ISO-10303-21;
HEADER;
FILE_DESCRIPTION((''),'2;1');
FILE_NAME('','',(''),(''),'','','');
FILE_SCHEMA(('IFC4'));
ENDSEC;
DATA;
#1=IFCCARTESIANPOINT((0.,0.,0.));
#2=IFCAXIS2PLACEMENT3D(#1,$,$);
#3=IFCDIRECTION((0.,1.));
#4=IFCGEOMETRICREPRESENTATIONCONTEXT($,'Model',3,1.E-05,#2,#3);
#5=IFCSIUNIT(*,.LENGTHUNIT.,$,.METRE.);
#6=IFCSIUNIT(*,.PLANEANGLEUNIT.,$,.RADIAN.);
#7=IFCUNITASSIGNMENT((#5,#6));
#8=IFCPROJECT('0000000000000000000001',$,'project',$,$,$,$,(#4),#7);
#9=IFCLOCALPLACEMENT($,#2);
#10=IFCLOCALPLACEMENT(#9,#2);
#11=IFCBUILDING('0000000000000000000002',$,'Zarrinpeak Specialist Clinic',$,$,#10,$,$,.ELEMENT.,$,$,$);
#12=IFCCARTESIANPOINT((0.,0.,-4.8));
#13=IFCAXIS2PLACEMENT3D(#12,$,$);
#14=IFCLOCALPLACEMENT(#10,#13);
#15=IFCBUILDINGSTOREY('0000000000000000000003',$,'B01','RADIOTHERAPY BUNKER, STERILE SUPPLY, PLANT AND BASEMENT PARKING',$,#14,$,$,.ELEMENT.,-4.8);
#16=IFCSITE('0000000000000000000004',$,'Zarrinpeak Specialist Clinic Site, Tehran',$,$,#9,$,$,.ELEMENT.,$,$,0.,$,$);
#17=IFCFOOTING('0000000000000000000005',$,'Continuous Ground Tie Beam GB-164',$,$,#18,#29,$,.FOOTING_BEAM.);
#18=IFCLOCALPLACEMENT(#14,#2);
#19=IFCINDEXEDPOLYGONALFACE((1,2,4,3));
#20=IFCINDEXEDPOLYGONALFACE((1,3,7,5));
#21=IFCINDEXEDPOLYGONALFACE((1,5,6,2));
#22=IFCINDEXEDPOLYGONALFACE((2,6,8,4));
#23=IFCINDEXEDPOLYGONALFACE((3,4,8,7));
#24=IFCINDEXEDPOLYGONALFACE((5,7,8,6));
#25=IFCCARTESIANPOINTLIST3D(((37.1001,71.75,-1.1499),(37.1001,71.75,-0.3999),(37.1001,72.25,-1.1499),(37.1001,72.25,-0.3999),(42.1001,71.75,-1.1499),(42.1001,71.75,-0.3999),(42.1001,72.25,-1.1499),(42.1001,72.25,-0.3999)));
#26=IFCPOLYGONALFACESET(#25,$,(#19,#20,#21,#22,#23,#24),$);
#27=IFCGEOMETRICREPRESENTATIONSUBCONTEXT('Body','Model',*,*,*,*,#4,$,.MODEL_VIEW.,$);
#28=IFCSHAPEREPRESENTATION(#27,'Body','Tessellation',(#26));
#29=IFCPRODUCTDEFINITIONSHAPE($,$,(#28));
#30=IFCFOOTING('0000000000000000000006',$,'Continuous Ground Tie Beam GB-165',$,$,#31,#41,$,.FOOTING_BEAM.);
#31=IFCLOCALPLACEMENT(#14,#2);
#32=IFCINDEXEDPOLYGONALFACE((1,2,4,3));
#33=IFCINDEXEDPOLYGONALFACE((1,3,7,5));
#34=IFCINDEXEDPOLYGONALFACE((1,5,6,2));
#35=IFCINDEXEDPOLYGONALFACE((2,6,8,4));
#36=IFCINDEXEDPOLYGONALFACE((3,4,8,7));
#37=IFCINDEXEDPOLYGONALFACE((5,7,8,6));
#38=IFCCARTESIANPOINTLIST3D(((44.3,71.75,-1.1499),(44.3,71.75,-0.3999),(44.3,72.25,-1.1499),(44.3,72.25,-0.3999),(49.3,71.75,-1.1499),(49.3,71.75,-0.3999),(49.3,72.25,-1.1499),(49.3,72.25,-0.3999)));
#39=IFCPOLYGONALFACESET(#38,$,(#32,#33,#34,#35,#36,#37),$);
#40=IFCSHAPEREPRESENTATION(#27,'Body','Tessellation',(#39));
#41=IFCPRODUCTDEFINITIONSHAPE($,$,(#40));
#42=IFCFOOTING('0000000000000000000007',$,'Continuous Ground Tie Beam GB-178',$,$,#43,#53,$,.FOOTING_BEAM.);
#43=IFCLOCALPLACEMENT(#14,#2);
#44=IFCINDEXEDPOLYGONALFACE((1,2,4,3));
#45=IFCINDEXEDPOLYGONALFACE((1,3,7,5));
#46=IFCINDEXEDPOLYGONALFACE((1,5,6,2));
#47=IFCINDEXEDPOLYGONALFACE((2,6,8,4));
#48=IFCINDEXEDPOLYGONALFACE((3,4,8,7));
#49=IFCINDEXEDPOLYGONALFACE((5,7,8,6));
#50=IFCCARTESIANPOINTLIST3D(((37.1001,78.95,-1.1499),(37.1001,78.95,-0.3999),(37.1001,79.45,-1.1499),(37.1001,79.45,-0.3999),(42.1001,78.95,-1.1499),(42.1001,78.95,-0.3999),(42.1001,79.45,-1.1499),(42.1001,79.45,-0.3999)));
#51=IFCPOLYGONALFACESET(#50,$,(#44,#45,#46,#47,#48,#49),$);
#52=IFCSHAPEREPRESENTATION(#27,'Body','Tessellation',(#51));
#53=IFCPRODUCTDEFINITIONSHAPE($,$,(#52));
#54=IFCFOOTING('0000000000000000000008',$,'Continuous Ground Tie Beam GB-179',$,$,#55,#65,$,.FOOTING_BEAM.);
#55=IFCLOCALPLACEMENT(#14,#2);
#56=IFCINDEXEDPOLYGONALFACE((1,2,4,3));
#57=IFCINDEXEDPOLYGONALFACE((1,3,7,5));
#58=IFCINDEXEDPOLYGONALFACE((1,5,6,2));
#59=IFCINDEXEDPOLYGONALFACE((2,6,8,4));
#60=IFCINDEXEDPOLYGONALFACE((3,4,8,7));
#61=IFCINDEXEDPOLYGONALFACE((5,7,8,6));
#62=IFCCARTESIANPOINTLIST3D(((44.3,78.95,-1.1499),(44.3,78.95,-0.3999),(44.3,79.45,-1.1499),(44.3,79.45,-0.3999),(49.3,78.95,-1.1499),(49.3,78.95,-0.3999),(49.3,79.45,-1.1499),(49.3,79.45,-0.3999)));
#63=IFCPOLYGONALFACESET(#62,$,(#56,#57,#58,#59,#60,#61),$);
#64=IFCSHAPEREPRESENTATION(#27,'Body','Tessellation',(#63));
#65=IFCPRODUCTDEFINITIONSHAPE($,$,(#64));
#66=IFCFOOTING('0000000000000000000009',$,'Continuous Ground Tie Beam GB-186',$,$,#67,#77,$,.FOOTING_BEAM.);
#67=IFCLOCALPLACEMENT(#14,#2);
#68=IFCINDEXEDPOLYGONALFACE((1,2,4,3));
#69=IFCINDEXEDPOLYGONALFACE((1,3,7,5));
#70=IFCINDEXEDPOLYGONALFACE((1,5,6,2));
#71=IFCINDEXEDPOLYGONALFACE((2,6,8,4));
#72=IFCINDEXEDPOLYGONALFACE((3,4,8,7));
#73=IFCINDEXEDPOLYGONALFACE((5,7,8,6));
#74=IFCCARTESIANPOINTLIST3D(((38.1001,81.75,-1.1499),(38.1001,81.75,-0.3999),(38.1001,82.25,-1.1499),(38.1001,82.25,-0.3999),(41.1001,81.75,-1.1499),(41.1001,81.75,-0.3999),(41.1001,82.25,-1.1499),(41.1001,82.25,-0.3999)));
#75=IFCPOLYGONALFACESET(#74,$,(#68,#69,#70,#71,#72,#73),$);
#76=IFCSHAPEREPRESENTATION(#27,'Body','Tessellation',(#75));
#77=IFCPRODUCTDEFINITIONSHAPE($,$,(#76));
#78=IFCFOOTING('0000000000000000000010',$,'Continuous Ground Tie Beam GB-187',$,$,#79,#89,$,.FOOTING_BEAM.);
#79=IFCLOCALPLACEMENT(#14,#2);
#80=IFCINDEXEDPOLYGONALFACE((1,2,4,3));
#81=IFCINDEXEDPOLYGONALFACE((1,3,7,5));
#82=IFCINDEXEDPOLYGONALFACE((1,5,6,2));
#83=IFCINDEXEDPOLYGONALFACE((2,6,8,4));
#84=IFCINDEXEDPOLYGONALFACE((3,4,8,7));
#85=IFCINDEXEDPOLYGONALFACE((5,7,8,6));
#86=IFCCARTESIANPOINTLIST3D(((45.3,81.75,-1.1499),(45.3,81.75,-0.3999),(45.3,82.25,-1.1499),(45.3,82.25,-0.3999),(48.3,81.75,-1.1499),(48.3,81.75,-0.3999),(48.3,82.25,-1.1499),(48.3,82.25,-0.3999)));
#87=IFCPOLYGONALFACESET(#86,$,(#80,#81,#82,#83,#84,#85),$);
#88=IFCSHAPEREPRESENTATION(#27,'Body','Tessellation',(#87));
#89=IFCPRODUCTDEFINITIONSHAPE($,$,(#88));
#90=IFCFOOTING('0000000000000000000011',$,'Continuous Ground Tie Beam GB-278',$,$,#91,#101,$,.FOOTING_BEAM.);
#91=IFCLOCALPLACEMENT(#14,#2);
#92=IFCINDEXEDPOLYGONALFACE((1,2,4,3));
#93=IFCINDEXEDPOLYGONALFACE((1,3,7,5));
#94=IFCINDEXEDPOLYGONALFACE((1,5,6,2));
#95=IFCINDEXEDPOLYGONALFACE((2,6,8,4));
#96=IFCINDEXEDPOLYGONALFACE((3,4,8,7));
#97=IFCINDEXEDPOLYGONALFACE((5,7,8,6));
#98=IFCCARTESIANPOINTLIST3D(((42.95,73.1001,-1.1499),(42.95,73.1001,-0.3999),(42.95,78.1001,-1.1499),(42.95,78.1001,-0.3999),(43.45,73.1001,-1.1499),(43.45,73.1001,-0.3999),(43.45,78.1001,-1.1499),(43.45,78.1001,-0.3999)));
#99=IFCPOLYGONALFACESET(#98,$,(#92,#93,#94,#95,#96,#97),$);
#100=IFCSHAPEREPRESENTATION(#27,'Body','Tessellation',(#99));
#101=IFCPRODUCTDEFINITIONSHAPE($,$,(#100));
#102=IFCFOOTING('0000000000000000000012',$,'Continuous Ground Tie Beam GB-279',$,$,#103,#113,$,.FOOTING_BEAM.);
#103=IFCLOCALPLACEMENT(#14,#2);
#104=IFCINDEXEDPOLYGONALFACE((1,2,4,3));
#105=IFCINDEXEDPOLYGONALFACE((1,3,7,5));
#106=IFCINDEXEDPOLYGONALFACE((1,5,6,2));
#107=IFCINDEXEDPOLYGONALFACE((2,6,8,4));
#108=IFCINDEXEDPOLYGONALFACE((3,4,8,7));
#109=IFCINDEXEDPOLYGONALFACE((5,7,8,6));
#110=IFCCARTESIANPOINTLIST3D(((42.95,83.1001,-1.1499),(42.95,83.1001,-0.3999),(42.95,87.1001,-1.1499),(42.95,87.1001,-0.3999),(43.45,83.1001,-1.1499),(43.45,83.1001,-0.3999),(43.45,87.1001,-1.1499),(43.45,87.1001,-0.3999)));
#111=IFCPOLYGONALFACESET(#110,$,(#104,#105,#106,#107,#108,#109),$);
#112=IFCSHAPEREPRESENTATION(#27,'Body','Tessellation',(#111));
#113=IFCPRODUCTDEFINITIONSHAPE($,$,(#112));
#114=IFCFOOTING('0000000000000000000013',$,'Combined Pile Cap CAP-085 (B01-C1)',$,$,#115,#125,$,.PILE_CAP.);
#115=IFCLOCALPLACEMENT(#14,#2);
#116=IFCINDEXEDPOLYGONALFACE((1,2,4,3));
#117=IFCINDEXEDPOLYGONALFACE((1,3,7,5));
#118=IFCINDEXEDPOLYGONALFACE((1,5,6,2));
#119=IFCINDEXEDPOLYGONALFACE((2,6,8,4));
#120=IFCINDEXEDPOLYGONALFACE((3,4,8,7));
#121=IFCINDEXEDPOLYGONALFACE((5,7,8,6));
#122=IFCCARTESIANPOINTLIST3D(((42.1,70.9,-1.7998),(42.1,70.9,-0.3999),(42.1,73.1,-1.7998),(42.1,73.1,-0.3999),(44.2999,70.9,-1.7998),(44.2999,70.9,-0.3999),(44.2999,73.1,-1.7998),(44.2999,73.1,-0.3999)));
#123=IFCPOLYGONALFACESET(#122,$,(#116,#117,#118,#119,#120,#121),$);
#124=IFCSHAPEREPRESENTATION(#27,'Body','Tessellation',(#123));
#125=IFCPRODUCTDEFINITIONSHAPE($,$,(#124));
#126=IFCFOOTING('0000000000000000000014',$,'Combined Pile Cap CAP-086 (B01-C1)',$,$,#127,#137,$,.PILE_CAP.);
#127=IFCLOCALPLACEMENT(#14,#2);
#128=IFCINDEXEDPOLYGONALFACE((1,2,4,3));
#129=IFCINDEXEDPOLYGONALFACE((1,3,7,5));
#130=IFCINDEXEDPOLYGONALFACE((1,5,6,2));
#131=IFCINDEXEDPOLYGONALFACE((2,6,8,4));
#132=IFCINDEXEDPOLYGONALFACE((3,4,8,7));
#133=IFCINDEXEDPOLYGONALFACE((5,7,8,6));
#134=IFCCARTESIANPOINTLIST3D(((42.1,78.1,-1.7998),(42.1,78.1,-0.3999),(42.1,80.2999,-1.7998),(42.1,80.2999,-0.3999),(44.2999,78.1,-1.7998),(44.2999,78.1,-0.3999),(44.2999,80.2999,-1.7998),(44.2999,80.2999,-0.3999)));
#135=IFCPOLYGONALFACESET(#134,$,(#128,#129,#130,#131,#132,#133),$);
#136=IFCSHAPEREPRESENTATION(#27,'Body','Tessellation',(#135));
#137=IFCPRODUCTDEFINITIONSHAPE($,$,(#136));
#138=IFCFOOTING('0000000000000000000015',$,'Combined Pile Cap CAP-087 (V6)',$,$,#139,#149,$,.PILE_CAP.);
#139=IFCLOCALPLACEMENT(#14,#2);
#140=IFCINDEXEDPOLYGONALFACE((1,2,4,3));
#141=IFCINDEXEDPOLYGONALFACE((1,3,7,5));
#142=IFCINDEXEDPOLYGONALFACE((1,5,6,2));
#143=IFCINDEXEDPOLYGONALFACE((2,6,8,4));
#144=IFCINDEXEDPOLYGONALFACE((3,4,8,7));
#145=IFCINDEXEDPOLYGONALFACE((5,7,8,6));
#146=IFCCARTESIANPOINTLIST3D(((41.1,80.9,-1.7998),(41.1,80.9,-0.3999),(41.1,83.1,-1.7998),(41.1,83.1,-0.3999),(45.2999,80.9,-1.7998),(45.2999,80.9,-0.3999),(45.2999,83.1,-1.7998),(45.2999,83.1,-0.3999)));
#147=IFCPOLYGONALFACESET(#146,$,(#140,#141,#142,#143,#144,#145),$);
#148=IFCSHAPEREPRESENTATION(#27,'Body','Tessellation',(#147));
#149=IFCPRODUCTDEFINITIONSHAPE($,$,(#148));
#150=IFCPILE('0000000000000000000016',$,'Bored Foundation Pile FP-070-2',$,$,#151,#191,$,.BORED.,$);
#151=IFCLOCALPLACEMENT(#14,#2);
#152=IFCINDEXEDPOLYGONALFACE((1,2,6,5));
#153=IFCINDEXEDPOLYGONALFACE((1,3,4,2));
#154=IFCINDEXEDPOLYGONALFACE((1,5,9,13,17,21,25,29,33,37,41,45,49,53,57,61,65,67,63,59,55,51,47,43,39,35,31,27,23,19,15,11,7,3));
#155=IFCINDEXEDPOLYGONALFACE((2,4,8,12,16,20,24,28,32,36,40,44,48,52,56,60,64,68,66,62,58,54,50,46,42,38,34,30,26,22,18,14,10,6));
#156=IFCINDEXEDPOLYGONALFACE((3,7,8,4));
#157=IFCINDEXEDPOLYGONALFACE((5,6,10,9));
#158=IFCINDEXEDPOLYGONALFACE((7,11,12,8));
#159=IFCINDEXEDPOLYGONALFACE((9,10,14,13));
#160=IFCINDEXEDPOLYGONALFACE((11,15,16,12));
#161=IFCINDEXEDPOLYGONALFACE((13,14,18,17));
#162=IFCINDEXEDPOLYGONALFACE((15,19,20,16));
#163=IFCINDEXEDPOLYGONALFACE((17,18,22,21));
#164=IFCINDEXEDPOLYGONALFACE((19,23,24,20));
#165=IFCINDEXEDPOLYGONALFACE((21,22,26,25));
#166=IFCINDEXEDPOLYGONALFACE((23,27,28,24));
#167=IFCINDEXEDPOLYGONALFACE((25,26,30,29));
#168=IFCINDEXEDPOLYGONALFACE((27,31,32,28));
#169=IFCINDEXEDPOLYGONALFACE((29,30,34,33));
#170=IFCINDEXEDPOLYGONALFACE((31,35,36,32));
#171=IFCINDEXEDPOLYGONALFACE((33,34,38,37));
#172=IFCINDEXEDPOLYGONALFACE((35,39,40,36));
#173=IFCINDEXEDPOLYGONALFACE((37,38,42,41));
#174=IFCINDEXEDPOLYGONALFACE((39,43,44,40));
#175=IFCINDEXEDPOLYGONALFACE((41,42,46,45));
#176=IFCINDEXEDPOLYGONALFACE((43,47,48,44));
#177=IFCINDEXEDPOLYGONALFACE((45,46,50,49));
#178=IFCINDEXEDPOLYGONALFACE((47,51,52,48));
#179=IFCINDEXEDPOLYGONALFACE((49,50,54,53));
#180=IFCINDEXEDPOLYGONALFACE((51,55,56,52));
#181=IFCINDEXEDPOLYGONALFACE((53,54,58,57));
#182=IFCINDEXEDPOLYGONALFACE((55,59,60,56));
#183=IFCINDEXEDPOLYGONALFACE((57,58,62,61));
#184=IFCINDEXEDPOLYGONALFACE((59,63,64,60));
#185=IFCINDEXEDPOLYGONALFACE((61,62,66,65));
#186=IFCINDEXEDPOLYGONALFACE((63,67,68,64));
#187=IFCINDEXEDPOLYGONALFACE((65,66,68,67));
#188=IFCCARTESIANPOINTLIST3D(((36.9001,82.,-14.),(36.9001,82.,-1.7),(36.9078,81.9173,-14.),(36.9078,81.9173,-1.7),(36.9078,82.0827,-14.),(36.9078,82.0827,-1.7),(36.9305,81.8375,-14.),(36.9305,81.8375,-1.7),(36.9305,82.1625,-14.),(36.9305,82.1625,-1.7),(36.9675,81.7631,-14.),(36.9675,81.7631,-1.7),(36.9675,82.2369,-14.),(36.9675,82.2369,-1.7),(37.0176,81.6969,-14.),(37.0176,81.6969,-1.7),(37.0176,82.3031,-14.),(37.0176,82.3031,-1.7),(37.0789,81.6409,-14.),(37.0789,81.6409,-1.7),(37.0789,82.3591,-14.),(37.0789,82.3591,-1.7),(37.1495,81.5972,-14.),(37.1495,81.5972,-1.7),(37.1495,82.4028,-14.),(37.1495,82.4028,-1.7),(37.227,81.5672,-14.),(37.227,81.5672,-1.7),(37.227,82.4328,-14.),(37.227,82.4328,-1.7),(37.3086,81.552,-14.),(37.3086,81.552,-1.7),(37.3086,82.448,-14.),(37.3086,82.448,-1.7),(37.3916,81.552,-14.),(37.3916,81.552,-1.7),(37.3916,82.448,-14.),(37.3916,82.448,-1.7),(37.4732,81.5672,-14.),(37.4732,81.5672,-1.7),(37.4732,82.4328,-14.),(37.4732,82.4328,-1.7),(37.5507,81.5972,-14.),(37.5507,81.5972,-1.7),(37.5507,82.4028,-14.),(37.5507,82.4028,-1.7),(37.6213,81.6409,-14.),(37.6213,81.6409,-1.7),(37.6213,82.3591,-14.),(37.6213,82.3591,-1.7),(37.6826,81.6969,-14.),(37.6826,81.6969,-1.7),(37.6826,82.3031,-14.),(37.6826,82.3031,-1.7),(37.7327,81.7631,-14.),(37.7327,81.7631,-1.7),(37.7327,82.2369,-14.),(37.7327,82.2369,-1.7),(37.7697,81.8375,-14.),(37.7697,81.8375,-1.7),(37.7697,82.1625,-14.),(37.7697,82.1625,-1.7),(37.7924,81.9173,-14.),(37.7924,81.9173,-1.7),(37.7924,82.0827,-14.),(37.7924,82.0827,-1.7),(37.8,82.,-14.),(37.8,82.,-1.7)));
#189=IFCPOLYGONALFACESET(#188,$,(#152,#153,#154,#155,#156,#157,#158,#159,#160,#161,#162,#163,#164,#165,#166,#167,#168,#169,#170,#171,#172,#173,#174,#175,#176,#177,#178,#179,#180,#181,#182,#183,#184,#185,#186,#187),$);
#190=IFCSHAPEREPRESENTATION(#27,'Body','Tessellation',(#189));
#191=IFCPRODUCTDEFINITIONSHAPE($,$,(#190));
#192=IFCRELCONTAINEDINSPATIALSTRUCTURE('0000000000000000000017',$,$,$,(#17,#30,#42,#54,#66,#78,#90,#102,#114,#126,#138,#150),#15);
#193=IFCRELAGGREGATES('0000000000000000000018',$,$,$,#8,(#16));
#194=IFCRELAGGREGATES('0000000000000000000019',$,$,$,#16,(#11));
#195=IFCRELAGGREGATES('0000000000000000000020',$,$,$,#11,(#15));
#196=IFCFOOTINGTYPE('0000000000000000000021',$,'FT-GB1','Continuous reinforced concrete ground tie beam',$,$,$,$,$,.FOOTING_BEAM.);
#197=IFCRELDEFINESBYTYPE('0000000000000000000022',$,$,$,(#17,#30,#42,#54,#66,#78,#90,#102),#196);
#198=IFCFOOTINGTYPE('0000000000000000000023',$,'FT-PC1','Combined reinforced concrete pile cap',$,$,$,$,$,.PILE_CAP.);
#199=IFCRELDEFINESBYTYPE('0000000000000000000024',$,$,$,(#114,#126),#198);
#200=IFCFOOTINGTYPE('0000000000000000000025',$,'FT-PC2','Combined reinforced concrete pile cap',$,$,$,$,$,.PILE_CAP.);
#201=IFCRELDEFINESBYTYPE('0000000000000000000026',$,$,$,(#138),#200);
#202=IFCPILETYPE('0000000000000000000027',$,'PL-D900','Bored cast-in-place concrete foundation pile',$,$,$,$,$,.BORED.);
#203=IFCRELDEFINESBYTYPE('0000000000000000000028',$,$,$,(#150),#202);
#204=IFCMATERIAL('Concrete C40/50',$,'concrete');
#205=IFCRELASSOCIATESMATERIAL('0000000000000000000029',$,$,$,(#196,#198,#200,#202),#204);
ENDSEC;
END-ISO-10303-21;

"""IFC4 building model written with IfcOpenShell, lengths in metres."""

from ifc_helpers import new_model, si_unit, direction, frame, origin, origin_2d, place, context, subcontext, project, spatial, rectangle, circle, extrude, material, material_profile, profile_set, type_object, element, save


model = new_model("IFC4")

# Units and contexts
model_context = context("Model", 3, precision=1e-05, world=origin(), true_north=direction((0.0, 1.0)))
body_context = subcontext(model_context, "Body", "Model", "MODEL_VIEW")
ifc_project = project(units=[si_unit("LENGTHUNIT", "METRE"), si_unit("PLANEANGLEUNIT", "RADIAN")], contexts=[model_context])

# Site, building, storey
site_placement = place(None, origin())
site = spatial("IfcSite", under=ifc_project, at=site_placement, Name="Zarrinpeak Specialist Clinic Site, Tehran", CompositionType="ELEMENT", RefElevation=0.0)
building_placement = place(site_placement, origin())
building = spatial("IfcBuilding", under=site, at=building_placement, Name="Zarrinpeak Specialist Clinic", CompositionType="ELEMENT")
storey_placement = place(building_placement, frame((0.0, 0.0, -4.8)))
storey = spatial("IfcBuildingStorey", under=building, at=storey_placement, Name="B01", Description="RADIOTHERAPY BUNKER, STERILE SUPPLY, PLANT AND BASEMENT PARKING", CompositionType="ELEMENT", Elevation=-4.8)

# Footings
ifc_material_1 = material(Name="Concrete C40/50", Category="concrete")
ifc_material_profile_1 = material_profile(ifc_material_1, rectangle(XDim=0.5, YDim=0.75, at=origin_2d()), Name="RC 500x750")
ifc_profile_set_1 = profile_set([ifc_material_profile_1], Name="Concrete C40/50")
footing_type_1 = type_object("IfcFootingType", Name="FT-GB1", Description="Continuous reinforced concrete ground tie beam", PredefinedType="FOOTING_BEAM", material=ifc_profile_set_1)
for number, where, z_axis, x_axis, name in (
    (1, (37.1001, 72.0, -0.7749), (1.0, 0.0, 0.0), (0.0, 1.0, 0.0), "Continuous Ground Tie Beam GB-164"),
    (2, (44.3, 72.0, -0.7749), (1.0, 0.0, 0.0), (0.0, 1.0, 0.0), "Continuous Ground Tie Beam GB-165"),
    (3, (37.1001, 79.2, -0.7749), (1.0, 0.0, 0.0), (0.0, 1.0, 0.0), "Continuous Ground Tie Beam GB-178"),
    (4, (44.3, 79.2, -0.7749), (1.0, 0.0, 0.0), (0.0, 1.0, 0.0), "Continuous Ground Tie Beam GB-179"),
):
    element("IfcFooting", number, at=place(storey_placement, frame(where, z_axis=z_axis, x_axis=x_axis)), inside=storey, type_object=footing_type_1, Name=name, PredefinedType="FOOTING_BEAM", context=body_context, shape_type="SweptSolid", body=[
        extrude(rectangle(XDim=0.5, YDim=0.75, at=origin_2d()), origin(), (0.0, 0.0, 1.0), 5.0),
    ])
for number, where, z_axis, x_axis, name in (
    (5, (38.1001, 82.0, -0.7749), (1.0, 0.0, 0.0), (0.0, 1.0, 0.0), "Continuous Ground Tie Beam GB-186"),
    (6, (45.3, 82.0, -0.7749), (1.0, 0.0, 0.0), (0.0, 1.0, 0.0), "Continuous Ground Tie Beam GB-187"),
):
    element("IfcFooting", number, at=place(storey_placement, frame(where, z_axis=z_axis, x_axis=x_axis)), inside=storey, type_object=footing_type_1, Name=name, PredefinedType="FOOTING_BEAM", context=body_context, shape_type="SweptSolid", body=[
        extrude(rectangle(XDim=0.5, YDim=0.75, at=origin_2d()), origin(), (0.0, 0.0, 1.0), 3.0),
    ])
footing_1_placement = place(storey_placement, frame((43.2, 73.1001, -0.7749), z_axis=(0.0, 1.0, 0.0), x_axis=(-1.0, 0.0, 0.0)))
element("IfcFooting", 7, at=footing_1_placement, inside=storey, type_object=footing_type_1, Name="Continuous Ground Tie Beam GB-278", PredefinedType="FOOTING_BEAM", context=body_context, shape_type="SweptSolid", body=[
    extrude(rectangle(XDim=0.5, YDim=0.75, at=origin_2d()), origin(), (0.0, 0.0, 1.0), 5.0),
])
footing_2_placement = place(storey_placement, frame((43.2, 83.1001, -0.7749), z_axis=(0.0, 1.0, 0.0), x_axis=(-1.0, 0.0, 0.0)))
element("IfcFooting", 8, at=footing_2_placement, inside=storey, type_object=footing_type_1, Name="Continuous Ground Tie Beam GB-279", PredefinedType="FOOTING_BEAM", context=body_context, shape_type="SweptSolid", body=[
    extrude(rectangle(XDim=0.5, YDim=0.75, at=origin_2d()), origin(), (0.0, 0.0, 1.0), 4.0),
])
footing_type_2 = type_object("IfcFootingType", Name="FT-PC1", Description="Combined reinforced concrete pile cap", PredefinedType="PILE_CAP", material=ifc_material_1)
for number, where, z_axis, x_axis, name in (
    (9, (43.2, 72.0, -1.7998), (0.0, 0.0, 1.0), (1.0, 0.0, 0.0), "Combined Pile Cap CAP-085 (B01-C1)"),
    (10, (43.2, 79.2, -1.7998), (0.0, 0.0, 1.0), (1.0, 0.0, 0.0), "Combined Pile Cap CAP-086 (B01-C1)"),
):
    element("IfcFooting", number, at=place(storey_placement, frame(where, z_axis=z_axis, x_axis=x_axis)), inside=storey, type_object=footing_type_2, Name=name, PredefinedType="PILE_CAP", context=body_context, shape_type="SweptSolid", body=[
        extrude(rectangle(XDim=2.2, YDim=2.2, at=origin_2d()), origin(), (0.0, 0.0, 1.0), 1.3999),
    ])
footing_type_3 = type_object("IfcFootingType", Name="FT-PC2", Description="Combined reinforced concrete pile cap", PredefinedType="PILE_CAP", material=ifc_material_1)
footing_3_placement = place(storey_placement, frame((43.2, 82.0, -1.7998), z_axis=(0.0, 0.0, 1.0), x_axis=(1.0, 0.0, 0.0)))
element("IfcFooting", 11, at=footing_3_placement, inside=storey, type_object=footing_type_3, Name="Combined Pile Cap CAP-087 (V6)", PredefinedType="PILE_CAP", context=body_context, shape_type="SweptSolid", body=[
    extrude(rectangle(XDim=4.2, YDim=2.2, at=origin_2d()), origin(), (0.0, 0.0, 1.0), 1.3999),
])

# Pile
ifc_material_profile_2 = material_profile(ifc_material_1, circle(Radius=0.45, at=origin_2d()), Name="BORED PILE D900")
ifc_profile_set_2 = profile_set([ifc_material_profile_2], Name="Concrete C40/50")
pile_type = type_object("IfcPileType", Name="PL-D900", Description="Bored cast-in-place concrete foundation pile", PredefinedType="BORED", material=ifc_profile_set_2)
for number, where, z_axis, x_axis, name in (
    (12, (37.3501, 82.0, -1.7), (0.0, 0.0, -1.0), (1.0, 0.0, 0.0), "Bored Foundation Pile FP-070-2"),
):
    element("IfcPile", number, at=place(storey_placement, frame(where, z_axis=z_axis, x_axis=x_axis)), inside=storey, type_object=pile_type, Name=name, PredefinedType="BORED", context=body_context, shape_type="SweptSolid", body=[
        extrude(circle(Radius=0.45, at=origin_2d()), origin(), (0.0, 0.0, 1.0), 12.3),
    ])

save(model, "model.ifc")
